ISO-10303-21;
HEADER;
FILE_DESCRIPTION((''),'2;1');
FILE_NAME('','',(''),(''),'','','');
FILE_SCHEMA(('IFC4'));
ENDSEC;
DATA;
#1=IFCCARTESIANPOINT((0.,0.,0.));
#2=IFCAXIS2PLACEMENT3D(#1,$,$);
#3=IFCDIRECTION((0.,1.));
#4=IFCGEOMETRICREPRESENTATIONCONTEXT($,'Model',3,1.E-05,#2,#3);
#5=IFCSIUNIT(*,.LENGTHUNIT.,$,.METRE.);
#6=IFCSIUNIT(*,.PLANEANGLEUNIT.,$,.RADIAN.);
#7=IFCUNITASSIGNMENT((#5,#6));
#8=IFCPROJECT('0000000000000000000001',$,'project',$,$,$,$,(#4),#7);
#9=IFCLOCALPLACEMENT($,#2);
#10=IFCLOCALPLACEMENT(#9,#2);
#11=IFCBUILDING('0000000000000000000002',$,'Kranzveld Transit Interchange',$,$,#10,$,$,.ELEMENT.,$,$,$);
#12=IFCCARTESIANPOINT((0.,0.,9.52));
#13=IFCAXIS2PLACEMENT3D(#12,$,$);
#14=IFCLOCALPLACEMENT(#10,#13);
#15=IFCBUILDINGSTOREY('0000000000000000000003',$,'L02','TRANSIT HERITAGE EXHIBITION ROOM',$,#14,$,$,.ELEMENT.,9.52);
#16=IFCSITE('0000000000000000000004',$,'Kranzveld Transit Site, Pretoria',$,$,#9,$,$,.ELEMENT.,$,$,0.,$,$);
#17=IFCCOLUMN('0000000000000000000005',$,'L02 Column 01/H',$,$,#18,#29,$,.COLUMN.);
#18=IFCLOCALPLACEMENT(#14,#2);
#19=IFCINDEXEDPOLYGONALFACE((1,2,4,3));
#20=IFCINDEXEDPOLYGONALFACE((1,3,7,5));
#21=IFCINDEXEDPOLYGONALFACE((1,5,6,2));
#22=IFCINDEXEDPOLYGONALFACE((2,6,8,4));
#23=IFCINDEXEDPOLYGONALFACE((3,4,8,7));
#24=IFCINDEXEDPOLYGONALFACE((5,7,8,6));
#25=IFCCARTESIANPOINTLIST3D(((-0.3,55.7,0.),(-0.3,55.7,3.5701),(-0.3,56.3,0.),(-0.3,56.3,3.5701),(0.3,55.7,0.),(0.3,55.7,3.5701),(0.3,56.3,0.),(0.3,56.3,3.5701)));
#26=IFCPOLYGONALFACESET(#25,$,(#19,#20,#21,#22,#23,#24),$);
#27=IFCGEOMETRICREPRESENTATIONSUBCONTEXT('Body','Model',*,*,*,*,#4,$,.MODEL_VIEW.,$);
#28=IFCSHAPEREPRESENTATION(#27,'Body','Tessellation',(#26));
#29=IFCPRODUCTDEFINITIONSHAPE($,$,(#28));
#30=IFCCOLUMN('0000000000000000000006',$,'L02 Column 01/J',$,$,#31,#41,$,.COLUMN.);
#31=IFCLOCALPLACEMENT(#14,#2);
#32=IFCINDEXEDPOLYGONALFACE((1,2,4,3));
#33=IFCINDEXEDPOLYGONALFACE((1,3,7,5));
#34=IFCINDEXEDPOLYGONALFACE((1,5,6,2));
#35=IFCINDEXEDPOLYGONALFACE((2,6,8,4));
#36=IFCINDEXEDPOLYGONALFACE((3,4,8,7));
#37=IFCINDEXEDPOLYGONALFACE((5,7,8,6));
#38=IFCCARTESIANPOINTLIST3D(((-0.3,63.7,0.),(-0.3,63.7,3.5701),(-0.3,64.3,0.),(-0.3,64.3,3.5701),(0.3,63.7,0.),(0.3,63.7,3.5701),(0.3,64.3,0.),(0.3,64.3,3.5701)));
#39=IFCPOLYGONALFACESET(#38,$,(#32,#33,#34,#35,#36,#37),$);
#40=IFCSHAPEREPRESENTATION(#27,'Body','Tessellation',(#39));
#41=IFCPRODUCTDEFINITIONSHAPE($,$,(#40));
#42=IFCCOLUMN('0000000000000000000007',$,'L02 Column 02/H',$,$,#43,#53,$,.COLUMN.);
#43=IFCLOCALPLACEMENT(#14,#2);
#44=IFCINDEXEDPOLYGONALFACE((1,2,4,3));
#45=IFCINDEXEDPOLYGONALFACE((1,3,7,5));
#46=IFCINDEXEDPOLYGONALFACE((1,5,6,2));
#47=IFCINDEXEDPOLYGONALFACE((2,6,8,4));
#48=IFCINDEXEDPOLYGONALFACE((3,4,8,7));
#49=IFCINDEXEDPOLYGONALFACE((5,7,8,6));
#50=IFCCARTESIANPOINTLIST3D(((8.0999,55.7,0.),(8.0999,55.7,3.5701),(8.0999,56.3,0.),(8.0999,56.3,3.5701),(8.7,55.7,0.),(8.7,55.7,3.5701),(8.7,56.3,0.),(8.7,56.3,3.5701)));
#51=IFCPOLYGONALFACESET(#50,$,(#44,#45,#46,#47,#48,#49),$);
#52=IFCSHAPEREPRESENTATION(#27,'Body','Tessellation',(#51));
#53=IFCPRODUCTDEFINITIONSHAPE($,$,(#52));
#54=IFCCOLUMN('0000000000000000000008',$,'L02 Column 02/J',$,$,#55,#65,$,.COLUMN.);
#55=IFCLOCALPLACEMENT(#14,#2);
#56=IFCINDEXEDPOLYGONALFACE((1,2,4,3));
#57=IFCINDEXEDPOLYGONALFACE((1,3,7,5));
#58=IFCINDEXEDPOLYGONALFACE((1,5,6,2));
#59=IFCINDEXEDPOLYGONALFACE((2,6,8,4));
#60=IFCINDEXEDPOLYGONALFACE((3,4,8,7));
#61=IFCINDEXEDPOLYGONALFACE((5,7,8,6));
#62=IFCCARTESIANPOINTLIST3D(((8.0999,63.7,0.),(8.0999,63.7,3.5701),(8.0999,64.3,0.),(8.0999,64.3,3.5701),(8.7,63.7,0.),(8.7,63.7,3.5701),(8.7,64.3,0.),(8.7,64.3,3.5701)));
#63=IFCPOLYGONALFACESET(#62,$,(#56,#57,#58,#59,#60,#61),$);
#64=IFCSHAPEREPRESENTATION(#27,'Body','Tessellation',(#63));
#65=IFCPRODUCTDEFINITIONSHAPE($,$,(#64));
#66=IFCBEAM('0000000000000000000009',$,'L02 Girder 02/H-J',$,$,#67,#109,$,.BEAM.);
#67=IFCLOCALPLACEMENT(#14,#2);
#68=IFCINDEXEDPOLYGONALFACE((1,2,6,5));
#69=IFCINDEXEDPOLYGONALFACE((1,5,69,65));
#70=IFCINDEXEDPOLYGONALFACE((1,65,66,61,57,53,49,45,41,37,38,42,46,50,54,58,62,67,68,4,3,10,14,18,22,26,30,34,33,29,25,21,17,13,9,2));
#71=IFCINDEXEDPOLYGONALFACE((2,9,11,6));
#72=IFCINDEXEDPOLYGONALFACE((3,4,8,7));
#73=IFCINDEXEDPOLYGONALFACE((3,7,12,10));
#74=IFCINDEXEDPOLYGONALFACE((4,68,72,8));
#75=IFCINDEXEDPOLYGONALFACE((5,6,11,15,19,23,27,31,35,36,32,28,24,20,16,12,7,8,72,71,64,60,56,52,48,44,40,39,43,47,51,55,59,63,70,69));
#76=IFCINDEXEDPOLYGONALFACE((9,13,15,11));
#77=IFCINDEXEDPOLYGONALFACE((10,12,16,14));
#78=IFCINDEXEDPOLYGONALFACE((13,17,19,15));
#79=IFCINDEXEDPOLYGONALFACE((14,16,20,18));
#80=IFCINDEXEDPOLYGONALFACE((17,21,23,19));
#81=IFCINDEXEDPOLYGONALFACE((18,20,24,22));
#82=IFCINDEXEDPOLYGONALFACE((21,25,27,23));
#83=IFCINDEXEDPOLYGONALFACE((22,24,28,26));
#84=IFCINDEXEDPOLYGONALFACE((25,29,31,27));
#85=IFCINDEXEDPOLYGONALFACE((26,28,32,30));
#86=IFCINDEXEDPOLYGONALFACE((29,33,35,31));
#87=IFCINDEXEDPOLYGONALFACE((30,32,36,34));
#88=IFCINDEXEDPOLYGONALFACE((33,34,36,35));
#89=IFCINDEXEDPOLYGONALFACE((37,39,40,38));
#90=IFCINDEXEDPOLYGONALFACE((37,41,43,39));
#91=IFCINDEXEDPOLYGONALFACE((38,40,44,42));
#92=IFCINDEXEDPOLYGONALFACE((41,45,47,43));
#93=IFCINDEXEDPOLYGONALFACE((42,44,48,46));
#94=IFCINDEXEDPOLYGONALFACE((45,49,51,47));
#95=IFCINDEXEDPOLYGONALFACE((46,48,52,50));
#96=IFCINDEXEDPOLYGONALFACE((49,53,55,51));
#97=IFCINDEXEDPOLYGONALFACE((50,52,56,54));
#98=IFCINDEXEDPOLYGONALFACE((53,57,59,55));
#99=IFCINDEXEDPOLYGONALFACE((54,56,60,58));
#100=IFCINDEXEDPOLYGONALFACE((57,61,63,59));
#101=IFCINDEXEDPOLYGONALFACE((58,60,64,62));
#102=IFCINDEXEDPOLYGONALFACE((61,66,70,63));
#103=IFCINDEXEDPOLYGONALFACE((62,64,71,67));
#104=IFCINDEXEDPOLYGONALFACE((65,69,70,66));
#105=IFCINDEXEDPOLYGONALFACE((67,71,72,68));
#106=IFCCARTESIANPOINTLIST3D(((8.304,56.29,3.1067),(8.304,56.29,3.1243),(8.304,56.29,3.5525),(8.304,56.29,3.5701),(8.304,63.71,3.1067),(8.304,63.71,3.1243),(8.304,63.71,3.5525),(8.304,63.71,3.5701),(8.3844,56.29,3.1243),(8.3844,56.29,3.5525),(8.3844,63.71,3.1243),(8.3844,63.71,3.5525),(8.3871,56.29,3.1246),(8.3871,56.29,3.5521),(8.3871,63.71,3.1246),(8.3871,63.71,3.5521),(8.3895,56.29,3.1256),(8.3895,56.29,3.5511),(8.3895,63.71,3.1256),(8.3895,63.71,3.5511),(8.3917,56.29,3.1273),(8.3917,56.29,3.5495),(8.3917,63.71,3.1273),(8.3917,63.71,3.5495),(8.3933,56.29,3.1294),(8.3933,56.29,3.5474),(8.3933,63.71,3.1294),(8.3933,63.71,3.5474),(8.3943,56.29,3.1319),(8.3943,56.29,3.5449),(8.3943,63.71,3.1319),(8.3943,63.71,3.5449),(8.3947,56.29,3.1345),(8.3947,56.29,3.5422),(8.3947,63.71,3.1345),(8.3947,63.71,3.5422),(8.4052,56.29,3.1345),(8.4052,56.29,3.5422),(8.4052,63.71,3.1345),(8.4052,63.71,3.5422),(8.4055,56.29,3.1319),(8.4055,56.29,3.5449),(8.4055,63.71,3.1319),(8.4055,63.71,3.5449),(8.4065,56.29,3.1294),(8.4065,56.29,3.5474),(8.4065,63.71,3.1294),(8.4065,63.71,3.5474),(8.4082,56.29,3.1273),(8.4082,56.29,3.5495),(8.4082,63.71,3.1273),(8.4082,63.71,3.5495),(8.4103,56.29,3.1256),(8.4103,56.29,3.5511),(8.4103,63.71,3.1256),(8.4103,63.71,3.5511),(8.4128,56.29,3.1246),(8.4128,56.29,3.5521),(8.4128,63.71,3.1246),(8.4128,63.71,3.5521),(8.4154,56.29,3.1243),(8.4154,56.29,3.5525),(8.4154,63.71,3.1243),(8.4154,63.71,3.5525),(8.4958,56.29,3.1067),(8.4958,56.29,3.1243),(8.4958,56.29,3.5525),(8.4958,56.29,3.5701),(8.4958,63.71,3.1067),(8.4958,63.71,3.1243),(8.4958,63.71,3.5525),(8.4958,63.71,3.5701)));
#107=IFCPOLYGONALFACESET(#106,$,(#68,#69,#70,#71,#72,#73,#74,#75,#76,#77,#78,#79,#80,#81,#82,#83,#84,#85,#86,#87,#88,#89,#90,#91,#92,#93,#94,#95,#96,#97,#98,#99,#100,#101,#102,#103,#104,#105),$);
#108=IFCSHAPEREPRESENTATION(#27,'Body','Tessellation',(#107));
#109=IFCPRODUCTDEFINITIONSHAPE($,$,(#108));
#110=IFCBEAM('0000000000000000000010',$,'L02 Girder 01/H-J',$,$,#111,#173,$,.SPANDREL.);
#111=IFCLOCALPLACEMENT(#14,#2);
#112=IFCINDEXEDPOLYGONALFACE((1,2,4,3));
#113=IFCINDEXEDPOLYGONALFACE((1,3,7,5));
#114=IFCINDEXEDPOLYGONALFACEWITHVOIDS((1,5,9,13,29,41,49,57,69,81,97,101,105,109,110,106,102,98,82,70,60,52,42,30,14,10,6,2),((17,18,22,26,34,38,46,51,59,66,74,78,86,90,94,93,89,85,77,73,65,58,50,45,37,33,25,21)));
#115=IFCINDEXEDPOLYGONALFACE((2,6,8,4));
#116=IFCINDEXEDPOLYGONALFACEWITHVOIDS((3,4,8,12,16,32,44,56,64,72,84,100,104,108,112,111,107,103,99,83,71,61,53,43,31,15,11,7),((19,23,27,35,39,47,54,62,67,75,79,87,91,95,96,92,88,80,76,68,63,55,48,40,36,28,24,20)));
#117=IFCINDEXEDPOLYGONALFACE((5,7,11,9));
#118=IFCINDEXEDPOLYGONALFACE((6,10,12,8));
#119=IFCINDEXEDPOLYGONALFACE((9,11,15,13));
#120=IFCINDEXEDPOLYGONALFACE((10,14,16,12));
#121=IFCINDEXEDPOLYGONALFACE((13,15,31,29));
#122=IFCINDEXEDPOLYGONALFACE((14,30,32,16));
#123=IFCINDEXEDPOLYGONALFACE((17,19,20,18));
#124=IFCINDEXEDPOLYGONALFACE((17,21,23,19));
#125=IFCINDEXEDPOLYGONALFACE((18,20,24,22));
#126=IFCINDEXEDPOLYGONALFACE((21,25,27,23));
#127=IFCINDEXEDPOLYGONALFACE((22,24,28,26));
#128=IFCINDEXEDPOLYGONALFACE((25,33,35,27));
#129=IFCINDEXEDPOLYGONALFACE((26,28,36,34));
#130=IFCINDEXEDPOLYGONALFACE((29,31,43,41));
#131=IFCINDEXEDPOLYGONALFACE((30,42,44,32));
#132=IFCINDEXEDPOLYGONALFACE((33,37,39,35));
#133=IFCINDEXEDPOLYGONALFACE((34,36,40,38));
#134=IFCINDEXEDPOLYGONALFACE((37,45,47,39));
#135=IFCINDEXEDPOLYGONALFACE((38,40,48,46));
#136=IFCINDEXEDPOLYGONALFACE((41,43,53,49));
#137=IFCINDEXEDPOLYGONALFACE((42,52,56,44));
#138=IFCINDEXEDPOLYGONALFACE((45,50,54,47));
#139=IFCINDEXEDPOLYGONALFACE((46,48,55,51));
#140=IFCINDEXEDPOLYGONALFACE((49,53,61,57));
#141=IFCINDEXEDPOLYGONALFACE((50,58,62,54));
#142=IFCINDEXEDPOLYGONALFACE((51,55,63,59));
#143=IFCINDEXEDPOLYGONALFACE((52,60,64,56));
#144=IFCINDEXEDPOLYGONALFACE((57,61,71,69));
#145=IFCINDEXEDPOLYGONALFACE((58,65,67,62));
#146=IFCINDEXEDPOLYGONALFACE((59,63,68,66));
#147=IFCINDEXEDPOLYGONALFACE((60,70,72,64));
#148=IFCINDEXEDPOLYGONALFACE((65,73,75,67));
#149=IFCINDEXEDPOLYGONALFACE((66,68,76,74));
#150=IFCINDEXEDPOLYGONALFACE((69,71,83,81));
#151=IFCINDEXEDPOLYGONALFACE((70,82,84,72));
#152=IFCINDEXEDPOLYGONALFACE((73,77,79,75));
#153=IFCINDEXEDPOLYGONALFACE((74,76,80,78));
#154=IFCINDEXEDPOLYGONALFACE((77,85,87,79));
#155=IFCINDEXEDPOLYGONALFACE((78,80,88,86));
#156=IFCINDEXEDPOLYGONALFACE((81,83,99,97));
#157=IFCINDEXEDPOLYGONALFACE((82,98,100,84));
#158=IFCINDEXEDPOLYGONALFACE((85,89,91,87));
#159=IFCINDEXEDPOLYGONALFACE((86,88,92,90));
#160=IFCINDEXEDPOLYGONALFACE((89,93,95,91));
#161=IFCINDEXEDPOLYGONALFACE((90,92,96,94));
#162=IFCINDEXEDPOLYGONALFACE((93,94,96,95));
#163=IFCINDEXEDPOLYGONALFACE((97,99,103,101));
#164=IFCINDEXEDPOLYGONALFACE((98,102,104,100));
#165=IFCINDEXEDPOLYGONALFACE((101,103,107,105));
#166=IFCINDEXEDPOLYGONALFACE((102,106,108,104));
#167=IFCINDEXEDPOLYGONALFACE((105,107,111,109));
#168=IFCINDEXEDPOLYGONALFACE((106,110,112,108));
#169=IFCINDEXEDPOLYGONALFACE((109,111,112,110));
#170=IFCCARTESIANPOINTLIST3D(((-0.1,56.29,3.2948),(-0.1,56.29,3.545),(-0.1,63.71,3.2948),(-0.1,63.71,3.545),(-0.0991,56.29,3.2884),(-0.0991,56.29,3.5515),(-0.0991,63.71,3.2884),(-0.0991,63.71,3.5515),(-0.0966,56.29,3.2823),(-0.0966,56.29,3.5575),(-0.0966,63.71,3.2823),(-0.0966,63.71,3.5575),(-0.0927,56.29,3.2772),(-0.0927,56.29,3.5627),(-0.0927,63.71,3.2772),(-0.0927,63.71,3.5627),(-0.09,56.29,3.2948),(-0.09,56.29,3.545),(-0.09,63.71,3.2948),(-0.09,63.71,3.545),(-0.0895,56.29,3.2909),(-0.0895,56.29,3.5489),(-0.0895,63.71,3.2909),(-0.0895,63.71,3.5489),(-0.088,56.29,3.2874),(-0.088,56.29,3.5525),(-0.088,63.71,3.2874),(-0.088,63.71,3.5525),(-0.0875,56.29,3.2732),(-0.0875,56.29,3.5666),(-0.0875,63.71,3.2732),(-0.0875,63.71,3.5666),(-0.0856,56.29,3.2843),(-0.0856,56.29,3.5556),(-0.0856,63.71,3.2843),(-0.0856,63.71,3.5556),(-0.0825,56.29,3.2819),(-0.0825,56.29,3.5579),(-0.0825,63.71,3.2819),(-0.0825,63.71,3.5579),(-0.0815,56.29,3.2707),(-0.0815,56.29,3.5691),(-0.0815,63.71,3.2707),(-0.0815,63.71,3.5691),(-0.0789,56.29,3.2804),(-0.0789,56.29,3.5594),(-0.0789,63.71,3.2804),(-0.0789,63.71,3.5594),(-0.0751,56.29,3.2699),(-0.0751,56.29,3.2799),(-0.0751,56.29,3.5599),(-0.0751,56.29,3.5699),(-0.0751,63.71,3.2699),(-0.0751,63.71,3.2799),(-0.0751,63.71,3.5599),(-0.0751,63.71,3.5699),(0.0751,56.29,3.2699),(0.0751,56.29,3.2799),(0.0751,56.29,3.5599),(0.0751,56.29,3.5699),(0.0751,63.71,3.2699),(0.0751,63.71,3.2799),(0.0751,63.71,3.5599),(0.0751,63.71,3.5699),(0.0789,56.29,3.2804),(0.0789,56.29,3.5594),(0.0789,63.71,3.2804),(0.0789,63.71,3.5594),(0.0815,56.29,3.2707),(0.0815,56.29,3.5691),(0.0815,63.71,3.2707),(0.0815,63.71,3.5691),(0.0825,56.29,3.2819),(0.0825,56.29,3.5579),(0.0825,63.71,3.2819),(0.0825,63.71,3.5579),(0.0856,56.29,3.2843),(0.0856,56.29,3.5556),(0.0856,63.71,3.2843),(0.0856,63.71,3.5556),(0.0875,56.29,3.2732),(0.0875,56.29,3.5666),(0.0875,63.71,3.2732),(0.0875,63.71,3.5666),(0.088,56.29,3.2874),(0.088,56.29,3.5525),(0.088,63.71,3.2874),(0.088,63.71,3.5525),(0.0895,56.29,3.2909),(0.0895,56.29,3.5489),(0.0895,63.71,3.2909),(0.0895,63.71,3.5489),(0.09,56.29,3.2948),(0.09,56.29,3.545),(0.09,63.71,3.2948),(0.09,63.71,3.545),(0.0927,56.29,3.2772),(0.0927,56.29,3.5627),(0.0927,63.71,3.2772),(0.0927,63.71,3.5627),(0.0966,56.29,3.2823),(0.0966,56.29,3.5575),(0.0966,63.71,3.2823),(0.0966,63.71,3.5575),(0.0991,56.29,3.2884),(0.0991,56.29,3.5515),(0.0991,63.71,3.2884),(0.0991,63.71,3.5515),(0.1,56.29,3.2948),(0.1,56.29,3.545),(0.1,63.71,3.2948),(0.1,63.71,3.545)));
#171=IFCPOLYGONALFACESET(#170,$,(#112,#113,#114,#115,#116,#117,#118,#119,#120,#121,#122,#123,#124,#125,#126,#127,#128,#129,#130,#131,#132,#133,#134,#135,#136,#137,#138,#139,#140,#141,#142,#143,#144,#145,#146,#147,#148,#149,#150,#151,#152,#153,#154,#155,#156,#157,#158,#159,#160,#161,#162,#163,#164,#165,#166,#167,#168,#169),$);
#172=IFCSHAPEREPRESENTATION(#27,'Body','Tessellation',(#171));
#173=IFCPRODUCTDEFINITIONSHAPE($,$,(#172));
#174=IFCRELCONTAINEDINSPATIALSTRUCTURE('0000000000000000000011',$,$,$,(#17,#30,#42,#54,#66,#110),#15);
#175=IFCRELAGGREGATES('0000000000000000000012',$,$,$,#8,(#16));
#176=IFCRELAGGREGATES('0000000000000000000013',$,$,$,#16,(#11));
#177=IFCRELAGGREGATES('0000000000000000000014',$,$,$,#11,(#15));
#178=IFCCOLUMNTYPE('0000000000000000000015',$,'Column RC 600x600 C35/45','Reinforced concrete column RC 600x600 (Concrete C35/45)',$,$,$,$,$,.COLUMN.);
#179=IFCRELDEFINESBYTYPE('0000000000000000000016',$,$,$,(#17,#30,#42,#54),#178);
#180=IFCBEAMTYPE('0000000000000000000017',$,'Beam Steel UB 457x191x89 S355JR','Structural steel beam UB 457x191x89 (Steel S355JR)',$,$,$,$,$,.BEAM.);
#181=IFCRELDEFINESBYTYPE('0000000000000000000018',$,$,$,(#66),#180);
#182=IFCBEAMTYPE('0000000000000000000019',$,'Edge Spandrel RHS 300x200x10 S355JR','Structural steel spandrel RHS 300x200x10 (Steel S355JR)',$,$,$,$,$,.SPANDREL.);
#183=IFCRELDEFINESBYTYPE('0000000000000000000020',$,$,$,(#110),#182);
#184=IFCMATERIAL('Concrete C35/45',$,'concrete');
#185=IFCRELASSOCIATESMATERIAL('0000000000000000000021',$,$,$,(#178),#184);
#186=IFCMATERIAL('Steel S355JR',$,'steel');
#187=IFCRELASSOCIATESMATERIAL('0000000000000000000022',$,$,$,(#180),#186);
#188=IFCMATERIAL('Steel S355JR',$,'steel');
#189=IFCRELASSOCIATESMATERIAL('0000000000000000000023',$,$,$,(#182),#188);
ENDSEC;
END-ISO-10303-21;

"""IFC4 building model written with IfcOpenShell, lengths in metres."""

from ifc_helpers import new_model, si_unit, direction, frame, origin, origin_2d, place, context, subcontext, project, spatial, rectangle, hollow_rectangle, i_section, extrude, material, material_profile, profile_set, type_object, element, save


model = new_model("IFC4")

# Units and contexts
model_context = context("Model", 3, precision=1e-05, world=origin(), true_north=direction((0.0, 1.0)))
body_context = subcontext(model_context, "Body", "Model", "MODEL_VIEW")
ifc_project = project(units=[si_unit("LENGTHUNIT", "METRE"), si_unit("PLANEANGLEUNIT", "RADIAN")], contexts=[model_context])

# Site, building, storey
site_placement = place(None, origin())
site = spatial("IfcSite", under=ifc_project, at=site_placement, Name="Kranzveld Transit Site, Pretoria", CompositionType="ELEMENT", RefElevation=0.0)
building_placement = place(site_placement, origin())
building = spatial("IfcBuilding", under=site, at=building_placement, Name="Kranzveld Transit Interchange", CompositionType="ELEMENT")
storey_placement = place(building_placement, frame((0.0, 0.0, 9.52)))
storey = spatial("IfcBuildingStorey", under=building, at=storey_placement, Name="L02", Description="TRANSIT HERITAGE EXHIBITION ROOM", CompositionType="ELEMENT", Elevation=9.52)

# Columns
ifc_material_1 = material(Name="Concrete C35/45", Category="concrete")
ifc_material_profile_1 = material_profile(ifc_material_1, rectangle(XDim=0.6001, YDim=0.6001, at=origin_2d()), Name="RC 600x600")
ifc_profile_set_1 = profile_set([ifc_material_profile_1], Name="Concrete C35/45")
column_type = type_object("IfcColumnType", Name="Column RC 600x600 C35/45", Description="Reinforced concrete column RC 600x600 (Concrete C35/45)", PredefinedType="COLUMN", material=ifc_profile_set_1)
for number, where, z_axis, x_axis, name in (
    (1, (0.0, 56.0, 0.0), (0.0, 0.0, 1.0), (1.0, 0.0, 0.0), "L02 Column 01/H"),
    (2, (0.0, 64.0, 0.0), (0.0, 0.0, 1.0), (1.0, 0.0, 0.0), "L02 Column 01/J"),
    (3, (8.3999, 56.0, 0.0), (0.0, 0.0, 1.0), (1.0, 0.0, 0.0), "L02 Column 02/H"),
    (4, (8.3999, 64.0, 0.0), (0.0, 0.0, 1.0), (1.0, 0.0, 0.0), "L02 Column 02/J"),
):
    element("IfcColumn", number, at=place(storey_placement, frame(where, z_axis=z_axis, x_axis=x_axis)), inside=storey, type_object=column_type, Name=name, PredefinedType="COLUMN", context=body_context, shape_type="SweptSolid", body=[
        extrude(rectangle(XDim=0.6001, YDim=0.6001, at=origin_2d()), origin(), (0.0, 0.0, 1.0), 3.5701),
    ])

# Beams
ifc_material_2 = material(Name="Steel S355JR", Category="steel")
ifc_material_profile_2 = material_profile(ifc_material_2, i_section(OverallWidth=0.1919, OverallDepth=0.4634, WebThickness=0.0105, FlangeThickness=0.0176, FilletRadius=0.0103, at=origin_2d()), Name="UB 457x191x89")
ifc_profile_set_2 = profile_set([ifc_material_profile_2], Name="Steel S355JR")
beam_type_1 = type_object("IfcBeamType", Name="Beam Steel UB 457x191x89 S355JR", Description="Structural steel beam UB 457x191x89 (Steel S355JR)", PredefinedType="BEAM", material=ifc_profile_set_2)
beam_1_placement = place(storey_placement, frame((8.3999, 56.29, 3.3384), z_axis=(0.0, 1.0, 0.0), x_axis=(-1.0, 0.0, 0.0)))
element("IfcBeam", 5, at=beam_1_placement, inside=storey, type_object=beam_type_1, Name="L02 Girder 02/H-J", PredefinedType="BEAM", context=body_context, shape_type="SweptSolid", body=[
    extrude(i_section(OverallWidth=0.1919, OverallDepth=0.4634, WebThickness=0.0105, FlangeThickness=0.0176, FilletRadius=0.0103, at=origin_2d()), origin(), (0.0, 0.0, 1.0), 7.4199),
])
ifc_material_3 = material(Name="Steel S355JR", Category="steel")
ifc_material_profile_3 = material_profile(ifc_material_3, hollow_rectangle(XDim=0.2, YDim=0.3, WallThickness=0.01, InnerFilletRadius=0.0149, OuterFilletRadius=0.0249, at=origin_2d()), Name="RHS 300x200x10")
ifc_profile_set_3 = profile_set([ifc_material_profile_3], Name="Steel S355JR")
beam_type_2 = type_object("IfcBeamType", Name="Edge Spandrel RHS 300x200x10 S355JR", Description="Structural steel spandrel RHS 300x200x10 (Steel S355JR)", PredefinedType="SPANDREL", material=ifc_profile_set_3)
for number, where, z_axis, x_axis, name in (
    (6, (0.0, 56.29, 3.4199), (0.0, 1.0, 0.0), (-1.0, 0.0, 0.0), "L02 Girder 01/H-J"),
):
    element("IfcBeam", number, at=place(storey_placement, frame(where, z_axis=z_axis, x_axis=x_axis)), inside=storey, type_object=beam_type_2, Name=name, PredefinedType="SPANDREL", context=body_context, shape_type="SweptSolid", body=[
        extrude(hollow_rectangle(XDim=0.2, YDim=0.3, WallThickness=0.01, InnerFilletRadius=0.0149, OuterFilletRadius=0.0249, at=origin_2d()), origin(), (0.0, 0.0, 1.0), 7.4199),
    ])

save(model, "model.ifc")
